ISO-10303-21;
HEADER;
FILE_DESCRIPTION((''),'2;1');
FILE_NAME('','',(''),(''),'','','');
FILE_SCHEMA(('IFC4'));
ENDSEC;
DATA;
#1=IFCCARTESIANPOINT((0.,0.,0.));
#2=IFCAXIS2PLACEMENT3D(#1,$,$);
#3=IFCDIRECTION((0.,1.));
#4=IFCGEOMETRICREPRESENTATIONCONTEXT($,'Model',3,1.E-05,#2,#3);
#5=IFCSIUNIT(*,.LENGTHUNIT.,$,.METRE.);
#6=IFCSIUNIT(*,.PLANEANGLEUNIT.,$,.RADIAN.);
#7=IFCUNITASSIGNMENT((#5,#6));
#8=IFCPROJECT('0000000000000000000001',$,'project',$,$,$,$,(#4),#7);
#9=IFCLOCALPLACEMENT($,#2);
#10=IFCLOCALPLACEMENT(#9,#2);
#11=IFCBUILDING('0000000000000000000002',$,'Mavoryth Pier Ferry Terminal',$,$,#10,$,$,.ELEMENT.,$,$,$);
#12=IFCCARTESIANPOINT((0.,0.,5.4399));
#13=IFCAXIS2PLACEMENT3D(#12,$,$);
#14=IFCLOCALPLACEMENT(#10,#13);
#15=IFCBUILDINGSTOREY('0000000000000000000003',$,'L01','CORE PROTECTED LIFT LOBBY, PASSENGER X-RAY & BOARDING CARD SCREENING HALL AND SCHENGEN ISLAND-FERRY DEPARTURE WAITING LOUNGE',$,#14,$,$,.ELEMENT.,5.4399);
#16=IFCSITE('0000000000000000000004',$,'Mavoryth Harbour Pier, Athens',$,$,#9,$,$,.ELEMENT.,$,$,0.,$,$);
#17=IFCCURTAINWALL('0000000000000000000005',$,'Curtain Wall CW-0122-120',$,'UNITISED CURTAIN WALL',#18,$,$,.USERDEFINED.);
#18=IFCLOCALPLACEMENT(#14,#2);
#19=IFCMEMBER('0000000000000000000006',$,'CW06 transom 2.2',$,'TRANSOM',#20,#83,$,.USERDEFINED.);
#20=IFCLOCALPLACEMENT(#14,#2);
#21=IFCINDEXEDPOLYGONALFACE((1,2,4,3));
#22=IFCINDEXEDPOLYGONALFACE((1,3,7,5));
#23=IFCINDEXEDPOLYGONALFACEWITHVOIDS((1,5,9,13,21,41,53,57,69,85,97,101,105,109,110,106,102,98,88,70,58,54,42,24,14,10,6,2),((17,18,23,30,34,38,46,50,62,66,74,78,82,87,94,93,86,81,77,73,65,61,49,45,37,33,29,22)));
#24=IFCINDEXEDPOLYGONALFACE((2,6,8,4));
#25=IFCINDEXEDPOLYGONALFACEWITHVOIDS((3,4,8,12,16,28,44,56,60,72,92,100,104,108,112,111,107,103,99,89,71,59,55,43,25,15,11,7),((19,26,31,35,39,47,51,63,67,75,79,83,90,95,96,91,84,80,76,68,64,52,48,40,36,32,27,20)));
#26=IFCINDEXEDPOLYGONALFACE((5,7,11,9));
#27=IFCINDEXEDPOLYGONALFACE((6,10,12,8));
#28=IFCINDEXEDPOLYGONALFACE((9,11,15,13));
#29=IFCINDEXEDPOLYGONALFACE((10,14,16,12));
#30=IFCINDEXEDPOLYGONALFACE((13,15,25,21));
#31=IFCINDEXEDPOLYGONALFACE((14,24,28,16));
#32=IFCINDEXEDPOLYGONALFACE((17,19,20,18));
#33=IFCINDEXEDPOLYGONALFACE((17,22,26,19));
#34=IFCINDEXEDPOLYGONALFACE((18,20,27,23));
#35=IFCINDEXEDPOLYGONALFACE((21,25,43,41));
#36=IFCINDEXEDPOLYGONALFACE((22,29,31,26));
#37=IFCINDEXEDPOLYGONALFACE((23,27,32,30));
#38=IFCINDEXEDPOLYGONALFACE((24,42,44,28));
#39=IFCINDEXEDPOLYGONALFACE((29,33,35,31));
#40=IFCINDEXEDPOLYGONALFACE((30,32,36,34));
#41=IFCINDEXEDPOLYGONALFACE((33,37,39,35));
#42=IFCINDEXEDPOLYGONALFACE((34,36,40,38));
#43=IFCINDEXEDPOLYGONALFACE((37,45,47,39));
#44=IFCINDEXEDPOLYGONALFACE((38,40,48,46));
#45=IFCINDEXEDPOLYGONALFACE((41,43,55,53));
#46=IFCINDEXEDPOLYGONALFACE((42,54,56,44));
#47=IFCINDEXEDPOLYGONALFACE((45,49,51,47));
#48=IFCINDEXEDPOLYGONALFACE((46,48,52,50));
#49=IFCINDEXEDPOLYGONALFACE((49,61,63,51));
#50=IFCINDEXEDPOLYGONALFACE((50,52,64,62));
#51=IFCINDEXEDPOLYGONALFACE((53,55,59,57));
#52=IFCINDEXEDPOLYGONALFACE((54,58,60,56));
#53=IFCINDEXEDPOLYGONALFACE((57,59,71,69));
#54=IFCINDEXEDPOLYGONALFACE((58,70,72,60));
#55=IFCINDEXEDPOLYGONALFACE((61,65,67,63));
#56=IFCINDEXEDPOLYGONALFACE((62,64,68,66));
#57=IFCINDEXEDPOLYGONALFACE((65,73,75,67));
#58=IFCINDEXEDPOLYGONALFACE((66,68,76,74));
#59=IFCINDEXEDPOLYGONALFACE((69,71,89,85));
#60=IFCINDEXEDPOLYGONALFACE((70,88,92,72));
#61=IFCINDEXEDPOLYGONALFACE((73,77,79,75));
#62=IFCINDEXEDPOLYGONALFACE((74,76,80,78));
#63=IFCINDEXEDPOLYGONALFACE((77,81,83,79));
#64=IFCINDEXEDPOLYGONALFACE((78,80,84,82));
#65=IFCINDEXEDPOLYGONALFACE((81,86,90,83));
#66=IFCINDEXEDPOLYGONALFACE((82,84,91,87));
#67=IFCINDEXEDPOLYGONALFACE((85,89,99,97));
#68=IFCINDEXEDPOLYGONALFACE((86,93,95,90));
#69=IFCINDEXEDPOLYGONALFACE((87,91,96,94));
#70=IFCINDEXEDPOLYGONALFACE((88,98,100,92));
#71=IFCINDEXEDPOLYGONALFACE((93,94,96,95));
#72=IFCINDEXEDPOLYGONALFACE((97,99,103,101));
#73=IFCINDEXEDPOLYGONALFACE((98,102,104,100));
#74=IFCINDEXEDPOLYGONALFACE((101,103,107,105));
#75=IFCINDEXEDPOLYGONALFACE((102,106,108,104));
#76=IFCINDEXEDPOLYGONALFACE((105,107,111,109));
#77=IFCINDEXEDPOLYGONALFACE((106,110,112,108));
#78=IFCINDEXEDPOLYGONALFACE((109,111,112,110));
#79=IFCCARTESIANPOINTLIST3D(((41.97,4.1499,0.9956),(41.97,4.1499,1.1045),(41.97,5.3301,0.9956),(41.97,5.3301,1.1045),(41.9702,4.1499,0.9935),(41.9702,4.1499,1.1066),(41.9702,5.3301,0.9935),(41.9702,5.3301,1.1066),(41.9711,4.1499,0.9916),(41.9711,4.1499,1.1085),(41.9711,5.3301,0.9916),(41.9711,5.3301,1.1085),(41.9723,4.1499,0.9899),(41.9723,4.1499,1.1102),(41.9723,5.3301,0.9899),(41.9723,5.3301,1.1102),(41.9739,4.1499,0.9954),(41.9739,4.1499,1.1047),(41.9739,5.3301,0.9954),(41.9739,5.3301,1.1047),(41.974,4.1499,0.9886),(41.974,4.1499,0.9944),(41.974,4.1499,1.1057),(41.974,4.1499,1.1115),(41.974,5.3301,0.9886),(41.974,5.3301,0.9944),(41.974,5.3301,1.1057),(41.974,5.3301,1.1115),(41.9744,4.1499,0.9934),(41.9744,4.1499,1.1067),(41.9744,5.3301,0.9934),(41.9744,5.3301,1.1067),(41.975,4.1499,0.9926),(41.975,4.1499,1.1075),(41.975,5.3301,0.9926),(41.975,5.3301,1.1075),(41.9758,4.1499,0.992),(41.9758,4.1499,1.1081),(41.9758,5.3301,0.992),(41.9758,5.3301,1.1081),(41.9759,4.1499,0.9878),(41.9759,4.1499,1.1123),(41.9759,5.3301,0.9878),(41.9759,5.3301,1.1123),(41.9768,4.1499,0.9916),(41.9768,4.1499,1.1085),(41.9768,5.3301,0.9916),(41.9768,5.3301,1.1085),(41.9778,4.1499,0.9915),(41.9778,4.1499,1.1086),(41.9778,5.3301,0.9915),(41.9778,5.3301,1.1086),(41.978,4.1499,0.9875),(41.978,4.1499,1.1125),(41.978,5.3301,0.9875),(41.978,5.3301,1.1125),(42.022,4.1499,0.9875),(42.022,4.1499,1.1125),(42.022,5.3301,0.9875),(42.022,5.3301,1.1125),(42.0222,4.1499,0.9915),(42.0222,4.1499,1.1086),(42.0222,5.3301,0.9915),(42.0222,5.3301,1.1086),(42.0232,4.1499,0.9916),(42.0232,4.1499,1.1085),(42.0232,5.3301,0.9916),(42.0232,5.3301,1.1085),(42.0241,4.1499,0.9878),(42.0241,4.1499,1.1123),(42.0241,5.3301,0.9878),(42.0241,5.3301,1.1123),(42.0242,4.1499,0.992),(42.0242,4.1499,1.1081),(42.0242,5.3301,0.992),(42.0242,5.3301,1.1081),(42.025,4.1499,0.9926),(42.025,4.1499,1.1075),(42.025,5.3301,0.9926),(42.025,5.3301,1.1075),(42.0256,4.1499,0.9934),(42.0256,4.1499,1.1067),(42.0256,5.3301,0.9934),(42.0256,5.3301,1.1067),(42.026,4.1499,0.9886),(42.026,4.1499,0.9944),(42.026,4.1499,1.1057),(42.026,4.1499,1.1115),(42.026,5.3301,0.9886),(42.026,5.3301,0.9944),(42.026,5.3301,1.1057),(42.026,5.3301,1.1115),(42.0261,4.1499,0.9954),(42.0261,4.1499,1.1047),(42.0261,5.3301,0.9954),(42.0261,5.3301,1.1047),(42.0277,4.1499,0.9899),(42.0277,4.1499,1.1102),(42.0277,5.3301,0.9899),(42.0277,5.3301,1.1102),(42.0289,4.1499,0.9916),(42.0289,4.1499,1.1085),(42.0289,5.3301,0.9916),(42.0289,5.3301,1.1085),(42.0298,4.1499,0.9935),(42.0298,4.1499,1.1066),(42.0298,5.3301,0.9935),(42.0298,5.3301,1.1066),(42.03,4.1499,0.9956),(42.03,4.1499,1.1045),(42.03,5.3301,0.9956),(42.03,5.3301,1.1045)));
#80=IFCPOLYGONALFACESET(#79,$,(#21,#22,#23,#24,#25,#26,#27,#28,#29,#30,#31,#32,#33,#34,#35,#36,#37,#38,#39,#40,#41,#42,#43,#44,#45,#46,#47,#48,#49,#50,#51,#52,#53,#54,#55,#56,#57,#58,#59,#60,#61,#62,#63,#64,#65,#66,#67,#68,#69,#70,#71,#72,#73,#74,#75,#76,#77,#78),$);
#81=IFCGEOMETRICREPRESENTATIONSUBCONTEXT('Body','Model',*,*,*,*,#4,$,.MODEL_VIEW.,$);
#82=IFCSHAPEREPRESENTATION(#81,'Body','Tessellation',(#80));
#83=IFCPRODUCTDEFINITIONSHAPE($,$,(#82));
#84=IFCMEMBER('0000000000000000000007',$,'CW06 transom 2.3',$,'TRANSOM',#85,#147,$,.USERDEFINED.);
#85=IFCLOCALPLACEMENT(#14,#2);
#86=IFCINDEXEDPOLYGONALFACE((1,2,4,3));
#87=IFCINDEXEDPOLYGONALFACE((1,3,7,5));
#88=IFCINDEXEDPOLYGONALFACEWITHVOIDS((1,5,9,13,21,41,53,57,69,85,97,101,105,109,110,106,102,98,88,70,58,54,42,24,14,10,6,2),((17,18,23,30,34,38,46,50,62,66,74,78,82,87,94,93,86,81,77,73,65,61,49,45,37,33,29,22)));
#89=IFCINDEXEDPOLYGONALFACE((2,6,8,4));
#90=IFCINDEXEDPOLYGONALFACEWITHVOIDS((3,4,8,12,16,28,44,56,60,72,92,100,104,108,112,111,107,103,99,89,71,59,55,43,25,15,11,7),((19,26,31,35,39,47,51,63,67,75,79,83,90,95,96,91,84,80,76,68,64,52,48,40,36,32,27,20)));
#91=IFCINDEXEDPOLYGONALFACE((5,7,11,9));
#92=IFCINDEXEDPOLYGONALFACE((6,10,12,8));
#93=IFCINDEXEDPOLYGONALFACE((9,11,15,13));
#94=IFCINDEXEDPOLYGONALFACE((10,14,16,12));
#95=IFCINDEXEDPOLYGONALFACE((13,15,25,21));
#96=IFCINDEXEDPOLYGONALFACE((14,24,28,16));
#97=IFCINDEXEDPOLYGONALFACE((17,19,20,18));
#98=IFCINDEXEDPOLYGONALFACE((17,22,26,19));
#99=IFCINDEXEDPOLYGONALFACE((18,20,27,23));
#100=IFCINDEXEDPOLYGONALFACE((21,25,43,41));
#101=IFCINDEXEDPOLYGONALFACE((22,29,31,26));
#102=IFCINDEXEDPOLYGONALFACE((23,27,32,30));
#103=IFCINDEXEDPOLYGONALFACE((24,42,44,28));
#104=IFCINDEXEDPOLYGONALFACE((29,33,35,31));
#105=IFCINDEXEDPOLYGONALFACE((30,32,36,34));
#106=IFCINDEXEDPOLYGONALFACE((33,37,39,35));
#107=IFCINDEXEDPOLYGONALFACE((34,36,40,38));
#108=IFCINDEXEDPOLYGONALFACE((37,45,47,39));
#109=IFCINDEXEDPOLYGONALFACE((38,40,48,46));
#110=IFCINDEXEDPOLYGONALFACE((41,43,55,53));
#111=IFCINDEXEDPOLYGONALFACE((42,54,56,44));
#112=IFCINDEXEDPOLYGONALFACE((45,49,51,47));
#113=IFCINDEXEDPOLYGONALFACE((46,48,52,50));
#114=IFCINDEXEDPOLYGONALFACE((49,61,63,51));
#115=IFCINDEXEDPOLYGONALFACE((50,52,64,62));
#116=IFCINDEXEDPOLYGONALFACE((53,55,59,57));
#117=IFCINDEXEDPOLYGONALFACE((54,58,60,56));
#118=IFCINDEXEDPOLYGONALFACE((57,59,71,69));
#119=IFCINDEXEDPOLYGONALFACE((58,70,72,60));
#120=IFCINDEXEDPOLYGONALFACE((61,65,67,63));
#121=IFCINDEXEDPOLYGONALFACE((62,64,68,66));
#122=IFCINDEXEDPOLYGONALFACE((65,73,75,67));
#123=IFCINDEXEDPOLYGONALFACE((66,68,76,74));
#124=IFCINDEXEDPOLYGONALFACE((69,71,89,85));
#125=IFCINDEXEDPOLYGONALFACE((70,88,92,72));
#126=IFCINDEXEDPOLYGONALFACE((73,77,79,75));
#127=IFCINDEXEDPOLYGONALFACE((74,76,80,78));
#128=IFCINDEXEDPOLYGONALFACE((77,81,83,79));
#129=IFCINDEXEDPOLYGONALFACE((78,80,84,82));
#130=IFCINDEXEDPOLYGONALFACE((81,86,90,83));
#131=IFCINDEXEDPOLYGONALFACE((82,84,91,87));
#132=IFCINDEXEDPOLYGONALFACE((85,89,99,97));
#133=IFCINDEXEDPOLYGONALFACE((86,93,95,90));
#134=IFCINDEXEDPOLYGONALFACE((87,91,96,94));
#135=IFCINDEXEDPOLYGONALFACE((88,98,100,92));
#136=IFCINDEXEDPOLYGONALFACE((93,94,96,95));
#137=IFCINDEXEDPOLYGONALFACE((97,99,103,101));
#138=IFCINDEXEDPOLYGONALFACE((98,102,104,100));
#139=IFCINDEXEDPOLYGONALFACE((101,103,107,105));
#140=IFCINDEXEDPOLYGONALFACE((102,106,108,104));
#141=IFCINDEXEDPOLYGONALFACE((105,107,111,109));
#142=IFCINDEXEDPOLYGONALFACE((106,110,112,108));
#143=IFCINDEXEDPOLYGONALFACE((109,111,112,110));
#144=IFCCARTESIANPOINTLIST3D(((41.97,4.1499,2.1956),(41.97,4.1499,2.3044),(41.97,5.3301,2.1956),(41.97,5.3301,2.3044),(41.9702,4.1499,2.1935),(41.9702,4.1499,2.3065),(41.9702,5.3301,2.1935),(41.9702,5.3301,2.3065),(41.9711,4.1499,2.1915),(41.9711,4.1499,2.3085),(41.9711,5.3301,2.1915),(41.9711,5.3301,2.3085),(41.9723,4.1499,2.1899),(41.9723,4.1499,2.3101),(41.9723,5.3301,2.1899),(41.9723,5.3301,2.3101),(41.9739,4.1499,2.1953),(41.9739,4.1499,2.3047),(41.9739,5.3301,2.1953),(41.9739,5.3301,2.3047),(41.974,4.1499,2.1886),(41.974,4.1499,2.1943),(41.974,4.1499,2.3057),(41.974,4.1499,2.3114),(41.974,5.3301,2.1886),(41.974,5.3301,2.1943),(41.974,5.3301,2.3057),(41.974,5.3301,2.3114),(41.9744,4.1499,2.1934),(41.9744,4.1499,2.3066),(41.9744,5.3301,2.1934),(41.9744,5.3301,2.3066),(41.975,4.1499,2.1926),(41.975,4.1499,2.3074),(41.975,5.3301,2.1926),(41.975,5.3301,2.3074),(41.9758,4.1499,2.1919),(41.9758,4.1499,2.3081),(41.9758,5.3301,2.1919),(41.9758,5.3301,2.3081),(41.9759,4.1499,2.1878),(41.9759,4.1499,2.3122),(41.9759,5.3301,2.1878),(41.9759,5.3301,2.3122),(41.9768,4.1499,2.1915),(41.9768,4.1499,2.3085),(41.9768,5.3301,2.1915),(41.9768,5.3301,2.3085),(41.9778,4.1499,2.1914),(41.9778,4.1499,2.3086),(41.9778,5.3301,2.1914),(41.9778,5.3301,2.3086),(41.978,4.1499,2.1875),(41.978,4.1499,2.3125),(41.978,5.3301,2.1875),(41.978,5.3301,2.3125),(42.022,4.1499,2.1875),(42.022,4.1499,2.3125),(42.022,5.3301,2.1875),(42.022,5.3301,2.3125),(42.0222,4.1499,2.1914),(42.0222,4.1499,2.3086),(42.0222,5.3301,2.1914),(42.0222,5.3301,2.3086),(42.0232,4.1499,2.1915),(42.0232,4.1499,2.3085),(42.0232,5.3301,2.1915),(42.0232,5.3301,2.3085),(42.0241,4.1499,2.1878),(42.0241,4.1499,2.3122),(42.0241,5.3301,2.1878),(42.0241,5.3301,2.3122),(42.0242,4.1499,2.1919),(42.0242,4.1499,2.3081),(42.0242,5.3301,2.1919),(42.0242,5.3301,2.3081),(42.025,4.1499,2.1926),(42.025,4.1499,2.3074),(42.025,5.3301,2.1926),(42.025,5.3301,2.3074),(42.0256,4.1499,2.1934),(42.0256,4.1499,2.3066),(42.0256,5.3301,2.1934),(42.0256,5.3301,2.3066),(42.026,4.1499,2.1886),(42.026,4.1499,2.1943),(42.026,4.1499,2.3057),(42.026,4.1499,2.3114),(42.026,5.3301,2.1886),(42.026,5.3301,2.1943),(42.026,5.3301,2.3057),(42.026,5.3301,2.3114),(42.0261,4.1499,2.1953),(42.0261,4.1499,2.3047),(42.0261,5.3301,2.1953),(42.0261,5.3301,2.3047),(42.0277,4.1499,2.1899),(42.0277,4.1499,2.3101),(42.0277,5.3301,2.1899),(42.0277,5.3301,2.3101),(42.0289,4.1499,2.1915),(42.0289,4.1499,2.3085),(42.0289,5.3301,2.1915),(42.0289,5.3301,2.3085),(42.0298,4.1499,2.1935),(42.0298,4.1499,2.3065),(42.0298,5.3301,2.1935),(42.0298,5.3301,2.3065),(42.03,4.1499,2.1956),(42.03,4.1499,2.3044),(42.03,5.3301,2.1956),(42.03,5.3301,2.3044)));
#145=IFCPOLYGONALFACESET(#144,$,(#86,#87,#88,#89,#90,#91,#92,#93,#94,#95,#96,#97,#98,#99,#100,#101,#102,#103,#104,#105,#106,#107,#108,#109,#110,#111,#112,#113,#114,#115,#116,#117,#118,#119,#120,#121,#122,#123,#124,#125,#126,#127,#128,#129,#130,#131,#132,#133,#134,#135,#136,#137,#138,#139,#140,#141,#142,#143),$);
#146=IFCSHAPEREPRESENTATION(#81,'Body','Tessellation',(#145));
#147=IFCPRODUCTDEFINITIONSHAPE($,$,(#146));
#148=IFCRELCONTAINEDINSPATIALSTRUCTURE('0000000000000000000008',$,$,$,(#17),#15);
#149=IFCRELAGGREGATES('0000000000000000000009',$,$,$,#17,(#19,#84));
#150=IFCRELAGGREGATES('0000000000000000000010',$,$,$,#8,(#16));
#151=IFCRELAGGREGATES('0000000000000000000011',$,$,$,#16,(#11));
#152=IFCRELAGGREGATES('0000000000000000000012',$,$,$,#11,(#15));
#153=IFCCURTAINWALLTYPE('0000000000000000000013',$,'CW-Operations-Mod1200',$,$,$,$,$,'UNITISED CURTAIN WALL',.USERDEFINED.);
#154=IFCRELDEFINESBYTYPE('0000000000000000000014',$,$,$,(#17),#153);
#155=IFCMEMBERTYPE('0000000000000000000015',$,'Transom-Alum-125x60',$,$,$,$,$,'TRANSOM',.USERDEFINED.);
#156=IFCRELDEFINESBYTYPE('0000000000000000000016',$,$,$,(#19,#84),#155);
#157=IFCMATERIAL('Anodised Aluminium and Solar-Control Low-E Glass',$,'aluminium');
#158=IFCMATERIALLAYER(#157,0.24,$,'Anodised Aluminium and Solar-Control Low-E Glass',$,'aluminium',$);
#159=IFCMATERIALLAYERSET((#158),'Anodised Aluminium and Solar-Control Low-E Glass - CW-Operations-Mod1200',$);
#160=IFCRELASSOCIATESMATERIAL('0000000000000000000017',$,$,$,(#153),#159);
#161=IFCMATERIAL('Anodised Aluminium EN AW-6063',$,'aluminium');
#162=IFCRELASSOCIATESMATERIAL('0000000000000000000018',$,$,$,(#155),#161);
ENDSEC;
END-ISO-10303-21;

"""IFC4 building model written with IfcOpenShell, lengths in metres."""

from ifc_helpers import new_model, si_unit, direction, frame, origin, origin_2d, place, context, subcontext, project, spatial, hollow_rectangle, extrude, material, layer, layer_set, material_profile, profile_set, type_object, element, aggregate, save


model = new_model("IFC4")

# Units and contexts
model_context = context("Model", 3, precision=1e-05, world=origin(), true_north=direction((0.0, 1.0)))
body_context = subcontext(model_context, "Body", "Model", "MODEL_VIEW")
ifc_project = project(units=[si_unit("LENGTHUNIT", "METRE"), si_unit("PLANEANGLEUNIT", "RADIAN")], contexts=[model_context])

# Site, building, storey
site_placement = place(None, origin())
site = spatial("IfcSite", under=ifc_project, at=site_placement, Name="Mavoryth Harbour Pier, Athens", CompositionType="ELEMENT", RefElevation=0.0)
building_placement = place(site_placement, origin())
building = spatial("IfcBuilding", under=site, at=building_placement, Name="Mavoryth Pier Ferry Terminal", CompositionType="ELEMENT")
storey_placement = place(building_placement, frame((0.0, 0.0, 5.4399)))
storey = spatial("IfcBuildingStorey", under=building, at=storey_placement, Name="L01", Description="CORE PROTECTED LIFT LOBBY, PASSENGER X-RAY & BOARDING CARD SCREENING HALL AND SCHENGEN ISLAND-FERRY DEPARTURE WAITING LOUNGE", CompositionType="ELEMENT", Elevation=5.4399)

# Curtain wall
ifc_material_1 = material(Name="Anodised Aluminium and Solar-Control Low-E Glass", Category="aluminium")
ifc_layer_1 = layer(ifc_material_1, 0.24, Name="Anodised Aluminium and Solar-Control Low-E Glass", Category="aluminium")
ifc_layer_set_1 = layer_set([ifc_layer_1], Name="Anodised Aluminium and Solar-Control Low-E Glass - CW-Operations-Mod1200")
curtain_wall_type = type_object("IfcCurtainWallType", Name="CW-Operations-Mod1200", ElementType="UNITISED CURTAIN WALL", PredefinedType="USERDEFINED", material=ifc_layer_set_1)
curtain_wall_1_placement = place(storey_placement, origin())
curtain_wall_1 = element("IfcCurtainWall", 1, at=curtain_wall_1_placement, inside=storey, type_object=curtain_wall_type, Name="Curtain Wall CW-0122-120", ObjectType="UNITISED CURTAIN WALL", PredefinedType="USERDEFINED")
ifc_material_2 = material(Name="Anodised Aluminium EN AW-6063", Category="aluminium")

# Members
ifc_material_profile_1 = material_profile(ifc_material_2, hollow_rectangle(XDim=0.0601, YDim=0.125, WallThickness=0.0039, InnerFilletRadius=0.0039, OuterFilletRadius=0.0081, at=origin_2d()), Name="AL-TRAN 125x60x4", Category="aluminium")
ifc_profile_set_1 = profile_set([ifc_material_profile_1], Name="Anodised Aluminium EN AW-6063 - AL-TRAN 125x60x4")
member_type_1 = type_object("IfcMemberType", Name="Transom-Alum-125x60", ElementType="TRANSOM", PredefinedType="USERDEFINED", material=ifc_profile_set_1)
member_1_placement = place(storey_placement, frame((42.0, 5.3301, 1.05), z_axis=(0.0, -1.0, 0.0), x_axis=(1.0, 0.0, 0.0)))
member_1 = element("IfcMember", 2, at=member_1_placement, type_object=member_type_1, Name="CW06 transom 2.2", ObjectType="TRANSOM", PredefinedType="USERDEFINED", context=body_context, shape_type="SweptSolid", body=[
    extrude(hollow_rectangle(XDim=0.0601, YDim=0.125, WallThickness=0.0039, InnerFilletRadius=0.0039, OuterFilletRadius=0.0081, at=origin_2d()), origin(), (0.0, 0.0, 1.0), 1.1802),
])
member_2_placement = place(storey_placement, frame((42.0, 5.3301, 2.25), z_axis=(0.0, -1.0, 0.0), x_axis=(1.0, 0.0, 0.0)))
member_2 = element("IfcMember", 3, at=member_2_placement, type_object=member_type_1, Name="CW06 transom 2.3", ObjectType="TRANSOM", PredefinedType="USERDEFINED", context=body_context, shape_type="SweptSolid", body=[
    extrude(hollow_rectangle(XDim=0.0601, YDim=0.125, WallThickness=0.0039, InnerFilletRadius=0.0039, OuterFilletRadius=0.0081, at=origin_2d()), origin(), (0.0, 0.0, 1.0), 1.1802),
])

aggregate(curtain_wall_1, [member_1, member_2])

save(model, "model.ifc")
